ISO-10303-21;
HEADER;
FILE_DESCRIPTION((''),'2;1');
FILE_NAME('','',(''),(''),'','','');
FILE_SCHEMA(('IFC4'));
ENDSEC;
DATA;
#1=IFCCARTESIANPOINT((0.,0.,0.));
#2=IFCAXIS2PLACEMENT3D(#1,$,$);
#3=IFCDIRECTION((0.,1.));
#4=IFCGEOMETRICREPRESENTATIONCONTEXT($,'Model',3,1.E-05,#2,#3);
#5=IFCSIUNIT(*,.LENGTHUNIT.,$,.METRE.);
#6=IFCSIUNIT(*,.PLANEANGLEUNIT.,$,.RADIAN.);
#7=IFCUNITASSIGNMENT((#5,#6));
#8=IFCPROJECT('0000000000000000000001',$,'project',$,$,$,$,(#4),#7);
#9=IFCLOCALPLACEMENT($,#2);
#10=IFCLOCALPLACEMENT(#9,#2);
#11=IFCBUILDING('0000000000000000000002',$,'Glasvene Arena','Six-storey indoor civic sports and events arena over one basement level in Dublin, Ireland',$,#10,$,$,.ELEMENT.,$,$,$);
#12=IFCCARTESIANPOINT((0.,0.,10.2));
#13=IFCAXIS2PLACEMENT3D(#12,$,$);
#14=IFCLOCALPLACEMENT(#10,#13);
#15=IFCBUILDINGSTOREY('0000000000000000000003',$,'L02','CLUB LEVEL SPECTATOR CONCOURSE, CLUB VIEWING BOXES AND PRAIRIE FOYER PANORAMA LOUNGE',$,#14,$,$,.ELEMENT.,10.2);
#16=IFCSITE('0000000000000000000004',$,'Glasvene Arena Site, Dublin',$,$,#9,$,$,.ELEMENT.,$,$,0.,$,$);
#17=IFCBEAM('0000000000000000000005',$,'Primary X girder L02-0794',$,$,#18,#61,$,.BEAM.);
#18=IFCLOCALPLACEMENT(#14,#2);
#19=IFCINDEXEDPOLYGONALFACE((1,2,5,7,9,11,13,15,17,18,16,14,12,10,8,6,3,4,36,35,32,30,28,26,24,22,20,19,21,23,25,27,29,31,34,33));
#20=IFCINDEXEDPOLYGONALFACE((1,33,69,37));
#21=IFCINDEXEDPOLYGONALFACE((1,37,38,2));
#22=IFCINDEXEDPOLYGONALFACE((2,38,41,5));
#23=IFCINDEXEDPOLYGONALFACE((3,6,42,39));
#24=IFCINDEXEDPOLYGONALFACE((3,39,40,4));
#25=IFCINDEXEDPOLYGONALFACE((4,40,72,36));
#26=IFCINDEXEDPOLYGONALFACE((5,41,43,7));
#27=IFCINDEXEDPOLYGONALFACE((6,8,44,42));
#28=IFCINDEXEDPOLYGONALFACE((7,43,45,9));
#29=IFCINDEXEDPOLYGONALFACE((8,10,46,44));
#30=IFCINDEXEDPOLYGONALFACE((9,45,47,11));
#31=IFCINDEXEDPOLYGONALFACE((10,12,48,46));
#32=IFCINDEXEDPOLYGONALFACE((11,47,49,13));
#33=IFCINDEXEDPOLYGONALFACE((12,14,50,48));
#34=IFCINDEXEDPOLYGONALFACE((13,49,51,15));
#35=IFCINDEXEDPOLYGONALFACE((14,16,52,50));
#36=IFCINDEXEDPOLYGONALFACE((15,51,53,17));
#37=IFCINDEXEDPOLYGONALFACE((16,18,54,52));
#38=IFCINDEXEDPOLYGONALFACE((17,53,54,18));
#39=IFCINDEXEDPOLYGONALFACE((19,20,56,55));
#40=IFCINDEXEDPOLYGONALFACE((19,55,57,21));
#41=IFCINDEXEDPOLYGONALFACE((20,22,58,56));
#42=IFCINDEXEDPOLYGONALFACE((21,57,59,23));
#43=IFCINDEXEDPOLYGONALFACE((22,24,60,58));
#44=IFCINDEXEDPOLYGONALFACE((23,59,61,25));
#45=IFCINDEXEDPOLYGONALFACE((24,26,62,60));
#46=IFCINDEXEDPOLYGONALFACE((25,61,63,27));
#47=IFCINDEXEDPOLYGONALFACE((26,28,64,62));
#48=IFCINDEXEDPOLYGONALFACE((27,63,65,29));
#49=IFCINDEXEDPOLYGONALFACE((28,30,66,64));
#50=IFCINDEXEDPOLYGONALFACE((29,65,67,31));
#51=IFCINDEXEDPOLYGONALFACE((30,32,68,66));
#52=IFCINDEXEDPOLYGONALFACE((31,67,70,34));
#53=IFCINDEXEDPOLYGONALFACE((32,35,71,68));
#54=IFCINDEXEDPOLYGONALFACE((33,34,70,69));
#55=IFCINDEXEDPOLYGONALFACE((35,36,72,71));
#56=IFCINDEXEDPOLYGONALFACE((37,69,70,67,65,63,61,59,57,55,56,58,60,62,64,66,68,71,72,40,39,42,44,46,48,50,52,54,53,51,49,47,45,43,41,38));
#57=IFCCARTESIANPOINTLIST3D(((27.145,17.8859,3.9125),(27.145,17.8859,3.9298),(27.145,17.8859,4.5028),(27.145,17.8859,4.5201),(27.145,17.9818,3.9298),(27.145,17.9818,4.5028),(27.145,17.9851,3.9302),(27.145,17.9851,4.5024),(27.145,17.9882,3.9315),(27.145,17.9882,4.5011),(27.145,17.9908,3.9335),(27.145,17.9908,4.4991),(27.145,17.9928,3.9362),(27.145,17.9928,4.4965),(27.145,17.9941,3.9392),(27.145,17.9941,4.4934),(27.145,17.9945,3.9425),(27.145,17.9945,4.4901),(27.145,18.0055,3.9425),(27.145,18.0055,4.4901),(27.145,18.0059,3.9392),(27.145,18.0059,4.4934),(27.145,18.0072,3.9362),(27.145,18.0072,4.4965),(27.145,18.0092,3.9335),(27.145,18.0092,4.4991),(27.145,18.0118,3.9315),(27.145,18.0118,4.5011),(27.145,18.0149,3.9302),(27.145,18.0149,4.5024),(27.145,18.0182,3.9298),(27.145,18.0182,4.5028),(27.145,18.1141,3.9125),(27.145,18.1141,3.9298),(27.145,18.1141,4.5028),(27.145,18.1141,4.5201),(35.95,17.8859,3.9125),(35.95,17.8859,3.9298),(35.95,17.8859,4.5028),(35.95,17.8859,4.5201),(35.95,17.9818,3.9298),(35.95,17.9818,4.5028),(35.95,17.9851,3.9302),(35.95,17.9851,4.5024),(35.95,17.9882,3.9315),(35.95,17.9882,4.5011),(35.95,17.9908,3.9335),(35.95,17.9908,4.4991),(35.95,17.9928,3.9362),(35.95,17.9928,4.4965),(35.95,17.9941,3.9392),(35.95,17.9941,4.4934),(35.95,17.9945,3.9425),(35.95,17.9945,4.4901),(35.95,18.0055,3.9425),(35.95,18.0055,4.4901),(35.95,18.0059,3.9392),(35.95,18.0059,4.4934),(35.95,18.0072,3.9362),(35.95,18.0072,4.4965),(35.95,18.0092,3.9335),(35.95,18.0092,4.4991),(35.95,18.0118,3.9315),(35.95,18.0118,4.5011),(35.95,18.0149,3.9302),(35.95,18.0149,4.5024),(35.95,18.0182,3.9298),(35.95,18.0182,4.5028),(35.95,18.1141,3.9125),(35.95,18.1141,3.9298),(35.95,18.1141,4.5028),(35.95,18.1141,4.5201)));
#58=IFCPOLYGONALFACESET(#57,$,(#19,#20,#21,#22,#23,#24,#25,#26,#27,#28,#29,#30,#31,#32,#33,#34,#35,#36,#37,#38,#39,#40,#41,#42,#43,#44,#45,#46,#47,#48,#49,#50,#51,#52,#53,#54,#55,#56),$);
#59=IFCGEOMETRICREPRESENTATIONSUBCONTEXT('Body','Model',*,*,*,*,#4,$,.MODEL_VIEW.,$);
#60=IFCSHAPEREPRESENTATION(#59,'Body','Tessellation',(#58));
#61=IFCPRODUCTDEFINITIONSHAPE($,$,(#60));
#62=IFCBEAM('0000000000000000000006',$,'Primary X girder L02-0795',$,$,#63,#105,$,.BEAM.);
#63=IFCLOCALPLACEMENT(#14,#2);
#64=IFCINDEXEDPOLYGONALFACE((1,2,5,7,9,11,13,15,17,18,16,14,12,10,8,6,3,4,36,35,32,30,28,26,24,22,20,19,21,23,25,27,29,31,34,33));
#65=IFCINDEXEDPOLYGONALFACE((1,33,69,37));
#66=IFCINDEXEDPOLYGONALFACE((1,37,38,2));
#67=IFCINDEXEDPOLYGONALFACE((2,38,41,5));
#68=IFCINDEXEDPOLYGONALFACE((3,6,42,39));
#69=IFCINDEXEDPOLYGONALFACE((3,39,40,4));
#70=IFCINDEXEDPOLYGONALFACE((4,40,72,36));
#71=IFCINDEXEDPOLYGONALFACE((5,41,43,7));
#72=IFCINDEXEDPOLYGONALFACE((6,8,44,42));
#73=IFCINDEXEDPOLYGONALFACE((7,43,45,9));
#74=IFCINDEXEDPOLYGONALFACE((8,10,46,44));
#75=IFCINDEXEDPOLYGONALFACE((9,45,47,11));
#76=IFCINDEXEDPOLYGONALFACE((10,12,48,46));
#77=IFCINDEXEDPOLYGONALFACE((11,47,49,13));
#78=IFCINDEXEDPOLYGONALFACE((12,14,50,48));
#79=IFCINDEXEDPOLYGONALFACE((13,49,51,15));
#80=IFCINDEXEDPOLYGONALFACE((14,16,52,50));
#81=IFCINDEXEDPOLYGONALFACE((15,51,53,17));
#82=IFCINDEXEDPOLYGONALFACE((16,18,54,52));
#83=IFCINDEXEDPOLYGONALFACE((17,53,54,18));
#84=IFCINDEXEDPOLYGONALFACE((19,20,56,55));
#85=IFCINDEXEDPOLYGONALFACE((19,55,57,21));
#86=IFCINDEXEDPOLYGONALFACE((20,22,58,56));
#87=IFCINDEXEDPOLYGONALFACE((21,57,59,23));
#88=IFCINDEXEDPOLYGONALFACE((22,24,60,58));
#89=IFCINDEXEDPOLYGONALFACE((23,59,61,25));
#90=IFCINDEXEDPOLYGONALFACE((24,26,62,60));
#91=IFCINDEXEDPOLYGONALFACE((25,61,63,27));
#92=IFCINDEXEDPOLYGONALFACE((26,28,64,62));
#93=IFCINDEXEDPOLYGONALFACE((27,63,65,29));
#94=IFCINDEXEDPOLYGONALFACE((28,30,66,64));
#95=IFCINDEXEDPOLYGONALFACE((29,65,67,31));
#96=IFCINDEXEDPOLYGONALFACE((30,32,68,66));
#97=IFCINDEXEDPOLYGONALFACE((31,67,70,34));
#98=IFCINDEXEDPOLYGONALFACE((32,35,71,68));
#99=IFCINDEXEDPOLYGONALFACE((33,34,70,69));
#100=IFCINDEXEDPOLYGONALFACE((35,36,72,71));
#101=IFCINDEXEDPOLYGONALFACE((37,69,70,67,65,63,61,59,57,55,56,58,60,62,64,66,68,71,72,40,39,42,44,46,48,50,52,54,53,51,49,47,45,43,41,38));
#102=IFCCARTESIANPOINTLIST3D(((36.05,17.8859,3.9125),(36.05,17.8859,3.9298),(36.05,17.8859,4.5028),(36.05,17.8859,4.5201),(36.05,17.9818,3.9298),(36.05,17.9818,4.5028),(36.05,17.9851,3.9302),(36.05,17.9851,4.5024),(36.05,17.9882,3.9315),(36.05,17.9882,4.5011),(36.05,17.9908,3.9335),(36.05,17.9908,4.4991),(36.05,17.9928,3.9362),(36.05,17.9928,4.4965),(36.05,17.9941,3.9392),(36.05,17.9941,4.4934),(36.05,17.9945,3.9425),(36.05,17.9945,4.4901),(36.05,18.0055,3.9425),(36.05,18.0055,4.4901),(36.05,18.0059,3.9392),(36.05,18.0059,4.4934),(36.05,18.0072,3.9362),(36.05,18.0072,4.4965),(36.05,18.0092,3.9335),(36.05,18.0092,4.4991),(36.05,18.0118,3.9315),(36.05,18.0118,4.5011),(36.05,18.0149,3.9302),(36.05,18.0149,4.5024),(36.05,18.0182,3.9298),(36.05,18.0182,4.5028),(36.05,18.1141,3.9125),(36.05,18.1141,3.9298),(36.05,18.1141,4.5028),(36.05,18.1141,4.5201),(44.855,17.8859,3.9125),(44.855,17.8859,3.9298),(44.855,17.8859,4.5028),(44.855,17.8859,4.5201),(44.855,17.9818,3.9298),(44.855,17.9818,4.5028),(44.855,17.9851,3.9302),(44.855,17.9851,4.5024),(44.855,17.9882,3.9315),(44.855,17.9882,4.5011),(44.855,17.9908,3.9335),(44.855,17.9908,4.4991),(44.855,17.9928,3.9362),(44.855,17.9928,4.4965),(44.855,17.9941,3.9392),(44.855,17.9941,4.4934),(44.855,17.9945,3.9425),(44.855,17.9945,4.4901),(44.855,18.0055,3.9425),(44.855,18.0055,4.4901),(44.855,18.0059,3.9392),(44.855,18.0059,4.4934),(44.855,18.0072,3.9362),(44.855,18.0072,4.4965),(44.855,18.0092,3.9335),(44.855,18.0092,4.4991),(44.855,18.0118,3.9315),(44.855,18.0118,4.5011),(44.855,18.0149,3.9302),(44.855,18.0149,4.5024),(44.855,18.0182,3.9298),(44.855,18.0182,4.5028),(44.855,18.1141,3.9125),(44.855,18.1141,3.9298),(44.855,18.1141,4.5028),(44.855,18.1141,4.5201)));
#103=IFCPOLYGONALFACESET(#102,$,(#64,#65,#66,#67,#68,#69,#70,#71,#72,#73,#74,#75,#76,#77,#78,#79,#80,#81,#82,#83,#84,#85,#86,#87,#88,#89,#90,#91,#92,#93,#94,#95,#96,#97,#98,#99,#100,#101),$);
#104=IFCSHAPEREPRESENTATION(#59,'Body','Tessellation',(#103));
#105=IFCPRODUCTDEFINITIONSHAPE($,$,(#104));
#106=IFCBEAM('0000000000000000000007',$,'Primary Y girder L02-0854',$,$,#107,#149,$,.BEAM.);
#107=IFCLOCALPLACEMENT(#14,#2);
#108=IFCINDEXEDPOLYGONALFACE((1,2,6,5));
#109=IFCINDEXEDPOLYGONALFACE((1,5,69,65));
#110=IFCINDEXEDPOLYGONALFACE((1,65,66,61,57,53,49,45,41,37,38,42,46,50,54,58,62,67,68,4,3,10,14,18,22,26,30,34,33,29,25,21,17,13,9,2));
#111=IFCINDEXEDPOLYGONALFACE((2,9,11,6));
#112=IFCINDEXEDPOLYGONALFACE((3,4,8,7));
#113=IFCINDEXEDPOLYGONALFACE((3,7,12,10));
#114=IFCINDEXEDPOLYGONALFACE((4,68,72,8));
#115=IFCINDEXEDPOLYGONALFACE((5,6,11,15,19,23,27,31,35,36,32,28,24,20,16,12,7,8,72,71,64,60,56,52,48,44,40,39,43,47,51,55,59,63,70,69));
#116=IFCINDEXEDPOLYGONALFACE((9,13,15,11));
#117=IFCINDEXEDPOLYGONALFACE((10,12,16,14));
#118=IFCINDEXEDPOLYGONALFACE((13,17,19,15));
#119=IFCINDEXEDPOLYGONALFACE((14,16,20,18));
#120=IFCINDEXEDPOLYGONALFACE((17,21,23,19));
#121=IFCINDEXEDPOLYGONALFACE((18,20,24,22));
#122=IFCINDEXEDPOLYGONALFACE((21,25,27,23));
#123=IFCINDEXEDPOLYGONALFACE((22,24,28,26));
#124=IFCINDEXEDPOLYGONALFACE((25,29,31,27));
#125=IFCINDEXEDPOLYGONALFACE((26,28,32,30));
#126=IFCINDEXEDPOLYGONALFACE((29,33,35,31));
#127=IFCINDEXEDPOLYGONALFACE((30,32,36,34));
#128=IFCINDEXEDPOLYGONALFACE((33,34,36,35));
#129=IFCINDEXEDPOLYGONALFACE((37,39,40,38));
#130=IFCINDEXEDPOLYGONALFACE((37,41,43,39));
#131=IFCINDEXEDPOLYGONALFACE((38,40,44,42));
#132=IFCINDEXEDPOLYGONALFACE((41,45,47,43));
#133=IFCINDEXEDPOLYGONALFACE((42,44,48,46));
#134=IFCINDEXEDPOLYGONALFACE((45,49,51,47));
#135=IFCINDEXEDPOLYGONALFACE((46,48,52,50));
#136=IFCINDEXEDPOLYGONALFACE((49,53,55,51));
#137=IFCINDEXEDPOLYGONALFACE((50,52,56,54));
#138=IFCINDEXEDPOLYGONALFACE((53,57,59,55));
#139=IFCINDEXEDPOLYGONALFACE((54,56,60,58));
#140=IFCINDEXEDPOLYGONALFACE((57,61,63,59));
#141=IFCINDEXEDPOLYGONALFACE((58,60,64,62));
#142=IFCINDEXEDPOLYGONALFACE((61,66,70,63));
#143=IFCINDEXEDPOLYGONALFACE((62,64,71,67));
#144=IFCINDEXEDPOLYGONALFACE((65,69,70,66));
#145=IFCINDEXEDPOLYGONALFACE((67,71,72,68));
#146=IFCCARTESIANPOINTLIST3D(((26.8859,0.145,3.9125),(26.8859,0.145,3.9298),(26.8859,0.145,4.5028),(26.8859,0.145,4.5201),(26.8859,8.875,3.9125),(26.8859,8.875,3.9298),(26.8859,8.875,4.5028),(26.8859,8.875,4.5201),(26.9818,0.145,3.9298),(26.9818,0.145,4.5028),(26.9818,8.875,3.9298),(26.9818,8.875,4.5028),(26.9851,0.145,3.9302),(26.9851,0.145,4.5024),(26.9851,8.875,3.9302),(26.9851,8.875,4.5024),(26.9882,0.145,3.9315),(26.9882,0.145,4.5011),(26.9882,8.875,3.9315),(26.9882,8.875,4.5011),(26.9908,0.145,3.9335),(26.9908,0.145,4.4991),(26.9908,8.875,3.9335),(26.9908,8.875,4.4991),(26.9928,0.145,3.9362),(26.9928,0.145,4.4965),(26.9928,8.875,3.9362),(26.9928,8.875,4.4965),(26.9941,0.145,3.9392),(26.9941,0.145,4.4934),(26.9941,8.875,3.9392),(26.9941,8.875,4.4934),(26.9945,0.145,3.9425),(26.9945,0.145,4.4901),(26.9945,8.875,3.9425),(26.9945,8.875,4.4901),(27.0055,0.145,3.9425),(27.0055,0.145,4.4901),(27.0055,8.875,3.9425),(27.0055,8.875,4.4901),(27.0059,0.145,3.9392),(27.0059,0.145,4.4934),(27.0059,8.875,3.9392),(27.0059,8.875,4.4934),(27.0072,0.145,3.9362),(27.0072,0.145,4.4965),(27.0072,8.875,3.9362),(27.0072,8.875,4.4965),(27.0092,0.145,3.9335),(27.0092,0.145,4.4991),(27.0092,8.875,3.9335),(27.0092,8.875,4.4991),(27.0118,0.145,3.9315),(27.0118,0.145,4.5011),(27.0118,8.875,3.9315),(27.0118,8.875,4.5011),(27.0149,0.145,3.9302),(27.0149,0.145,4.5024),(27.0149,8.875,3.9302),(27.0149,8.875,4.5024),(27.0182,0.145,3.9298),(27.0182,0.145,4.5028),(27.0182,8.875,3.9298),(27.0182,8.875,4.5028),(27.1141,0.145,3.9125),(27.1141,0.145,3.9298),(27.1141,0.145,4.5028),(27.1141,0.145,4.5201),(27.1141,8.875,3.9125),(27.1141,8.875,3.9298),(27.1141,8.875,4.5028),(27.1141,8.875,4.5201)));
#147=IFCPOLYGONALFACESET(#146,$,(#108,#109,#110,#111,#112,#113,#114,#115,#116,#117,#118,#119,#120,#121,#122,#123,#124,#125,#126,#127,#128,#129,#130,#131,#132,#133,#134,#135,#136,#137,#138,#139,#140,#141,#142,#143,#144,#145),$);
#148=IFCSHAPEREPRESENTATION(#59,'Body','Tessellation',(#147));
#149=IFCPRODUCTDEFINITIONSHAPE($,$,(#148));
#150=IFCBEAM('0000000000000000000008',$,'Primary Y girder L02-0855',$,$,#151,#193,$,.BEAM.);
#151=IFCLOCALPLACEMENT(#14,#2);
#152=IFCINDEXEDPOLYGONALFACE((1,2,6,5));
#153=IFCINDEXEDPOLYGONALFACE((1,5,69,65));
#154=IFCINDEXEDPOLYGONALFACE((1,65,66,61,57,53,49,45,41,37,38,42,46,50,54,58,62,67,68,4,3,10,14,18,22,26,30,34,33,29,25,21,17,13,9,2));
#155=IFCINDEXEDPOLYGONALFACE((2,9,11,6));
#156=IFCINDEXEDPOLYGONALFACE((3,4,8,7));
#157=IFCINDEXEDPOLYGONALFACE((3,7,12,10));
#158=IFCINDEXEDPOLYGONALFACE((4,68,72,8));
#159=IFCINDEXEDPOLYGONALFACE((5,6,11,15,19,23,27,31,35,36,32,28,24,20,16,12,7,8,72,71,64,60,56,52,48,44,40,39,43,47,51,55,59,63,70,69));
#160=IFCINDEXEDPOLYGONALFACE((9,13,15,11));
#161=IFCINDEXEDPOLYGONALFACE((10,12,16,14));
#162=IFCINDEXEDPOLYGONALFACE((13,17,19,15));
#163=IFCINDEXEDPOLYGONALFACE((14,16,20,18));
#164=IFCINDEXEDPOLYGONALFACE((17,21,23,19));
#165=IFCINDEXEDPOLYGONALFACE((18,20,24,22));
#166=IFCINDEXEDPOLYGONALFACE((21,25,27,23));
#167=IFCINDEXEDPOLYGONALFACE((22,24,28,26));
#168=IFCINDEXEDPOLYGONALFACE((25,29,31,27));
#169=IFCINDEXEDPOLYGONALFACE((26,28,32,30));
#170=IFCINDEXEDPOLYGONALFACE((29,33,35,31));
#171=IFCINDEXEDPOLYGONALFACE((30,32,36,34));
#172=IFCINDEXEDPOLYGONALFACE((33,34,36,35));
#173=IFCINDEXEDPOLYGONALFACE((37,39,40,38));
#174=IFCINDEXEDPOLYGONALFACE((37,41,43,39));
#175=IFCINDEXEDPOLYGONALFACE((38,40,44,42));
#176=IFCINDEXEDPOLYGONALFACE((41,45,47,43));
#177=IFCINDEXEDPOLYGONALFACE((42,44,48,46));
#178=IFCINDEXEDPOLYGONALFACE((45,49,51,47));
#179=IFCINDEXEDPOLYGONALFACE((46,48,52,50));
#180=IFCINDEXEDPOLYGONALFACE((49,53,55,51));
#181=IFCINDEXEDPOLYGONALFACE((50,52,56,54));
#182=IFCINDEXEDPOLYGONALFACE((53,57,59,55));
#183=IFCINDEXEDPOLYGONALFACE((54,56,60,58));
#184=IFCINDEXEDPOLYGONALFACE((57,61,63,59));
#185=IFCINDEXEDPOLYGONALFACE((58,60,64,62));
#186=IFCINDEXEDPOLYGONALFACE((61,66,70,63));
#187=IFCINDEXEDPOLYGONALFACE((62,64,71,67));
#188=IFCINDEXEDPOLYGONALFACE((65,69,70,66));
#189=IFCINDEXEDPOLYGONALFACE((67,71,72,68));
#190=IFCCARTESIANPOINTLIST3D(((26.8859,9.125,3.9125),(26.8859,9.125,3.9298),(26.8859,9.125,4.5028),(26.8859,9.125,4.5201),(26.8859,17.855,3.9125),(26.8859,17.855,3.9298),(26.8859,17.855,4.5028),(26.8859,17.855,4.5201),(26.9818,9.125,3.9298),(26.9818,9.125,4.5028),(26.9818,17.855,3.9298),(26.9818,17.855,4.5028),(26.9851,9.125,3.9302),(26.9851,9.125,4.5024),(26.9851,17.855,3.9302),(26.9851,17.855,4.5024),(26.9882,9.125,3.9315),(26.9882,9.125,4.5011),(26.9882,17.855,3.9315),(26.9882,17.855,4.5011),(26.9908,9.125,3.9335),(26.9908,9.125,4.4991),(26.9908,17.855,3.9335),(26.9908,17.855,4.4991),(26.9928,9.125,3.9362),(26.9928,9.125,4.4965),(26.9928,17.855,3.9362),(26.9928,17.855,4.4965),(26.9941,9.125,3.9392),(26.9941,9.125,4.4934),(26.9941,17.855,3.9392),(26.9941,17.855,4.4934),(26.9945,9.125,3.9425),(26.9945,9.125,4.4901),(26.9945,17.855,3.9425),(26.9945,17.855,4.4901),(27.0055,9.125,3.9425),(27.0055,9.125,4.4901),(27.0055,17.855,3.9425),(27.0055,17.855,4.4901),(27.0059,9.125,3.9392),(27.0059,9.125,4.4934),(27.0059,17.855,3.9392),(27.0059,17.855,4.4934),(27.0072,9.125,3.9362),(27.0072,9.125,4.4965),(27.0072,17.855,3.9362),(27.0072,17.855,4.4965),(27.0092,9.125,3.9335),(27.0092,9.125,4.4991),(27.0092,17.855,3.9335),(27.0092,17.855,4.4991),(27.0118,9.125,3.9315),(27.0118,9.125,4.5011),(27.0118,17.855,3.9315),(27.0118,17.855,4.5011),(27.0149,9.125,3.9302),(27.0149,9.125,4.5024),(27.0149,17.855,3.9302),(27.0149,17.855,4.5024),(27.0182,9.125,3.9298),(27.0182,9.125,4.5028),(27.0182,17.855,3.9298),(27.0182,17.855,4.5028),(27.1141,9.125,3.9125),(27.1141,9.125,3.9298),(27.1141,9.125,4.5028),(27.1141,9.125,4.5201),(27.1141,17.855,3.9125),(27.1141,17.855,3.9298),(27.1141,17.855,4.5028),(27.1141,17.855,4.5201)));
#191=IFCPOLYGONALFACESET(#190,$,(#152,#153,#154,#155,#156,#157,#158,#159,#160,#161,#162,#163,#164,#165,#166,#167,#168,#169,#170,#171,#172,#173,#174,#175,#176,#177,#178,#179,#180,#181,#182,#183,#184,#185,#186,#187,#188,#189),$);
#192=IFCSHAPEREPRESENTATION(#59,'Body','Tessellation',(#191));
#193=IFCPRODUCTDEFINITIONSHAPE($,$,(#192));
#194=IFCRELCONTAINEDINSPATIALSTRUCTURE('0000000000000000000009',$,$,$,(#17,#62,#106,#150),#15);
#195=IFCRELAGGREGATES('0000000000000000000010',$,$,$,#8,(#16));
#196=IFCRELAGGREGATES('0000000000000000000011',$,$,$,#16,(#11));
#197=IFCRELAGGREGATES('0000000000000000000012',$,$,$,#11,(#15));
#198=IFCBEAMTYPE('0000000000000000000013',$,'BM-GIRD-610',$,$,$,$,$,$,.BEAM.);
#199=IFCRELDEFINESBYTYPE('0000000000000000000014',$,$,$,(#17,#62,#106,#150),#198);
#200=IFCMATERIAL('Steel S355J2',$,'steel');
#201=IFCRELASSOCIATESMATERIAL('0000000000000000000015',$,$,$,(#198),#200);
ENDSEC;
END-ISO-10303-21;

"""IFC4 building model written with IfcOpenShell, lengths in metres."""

from ifc_helpers import new_model, si_unit, direction, frame, origin, origin_2d, place, context, subcontext, project, spatial, i_section, extrude, material, material_profile, profile_set, type_object, element, save


model = new_model("IFC4")

# Units and contexts
model_context = context("Model", 3, precision=1e-05, world=origin(), true_north=direction((0.0, 1.0)))
body_context = subcontext(model_context, "Body", "Model", "MODEL_VIEW")
ifc_project = project(units=[si_unit("LENGTHUNIT", "METRE"), si_unit("PLANEANGLEUNIT", "RADIAN")], contexts=[model_context])

# Site, building, storey
site_placement = place(None, origin())
site = spatial("IfcSite", under=ifc_project, at=site_placement, Name="Glasvene Arena Site, Dublin", CompositionType="ELEMENT", RefElevation=0.0)
building_placement = place(site_placement, origin())
building = spatial("IfcBuilding", under=site, at=building_placement, Name="Glasvene Arena", Description="Six-storey indoor civic sports and events arena over one basement level in Dublin, Ireland", CompositionType="ELEMENT")
storey_placement = place(building_placement, frame((0.0, 0.0, 10.2)))
storey = spatial("IfcBuildingStorey", under=building, at=storey_placement, Name="L02", Description="CLUB LEVEL SPECTATOR CONCOURSE, CLUB VIEWING BOXES AND PRAIRIE FOYER PANORAMA LOUNGE", CompositionType="ELEMENT", Elevation=10.2)

# Shared definitions
ifc_material_1 = material(Name="Steel S355J2", Category="steel")

# Beams
ifc_material_profile_1 = material_profile(ifc_material_1, i_section(OverallWidth=0.2283, OverallDepth=0.6077, WebThickness=0.011, FlangeThickness=0.0173, FilletRadius=0.0127, at=origin_2d()), Name="UKB 610x229x113")
ifc_profile_set_1 = profile_set([ifc_material_profile_1], Name="Steel S355J2")
beam_type_1 = type_object("IfcBeamType", Name="BM-GIRD-610", PredefinedType="BEAM", material=ifc_profile_set_1)
for number, where, z_axis, x_axis, name in (
    (1, (27.145, 18.0, 4.2163), (1.0, 0.0, 0.0), (0.0, 1.0, 0.0), "Primary X girder L02-0794"),
    (2, (36.05, 18.0, 4.2163), (1.0, 0.0, 0.0), (0.0, 1.0, 0.0), "Primary X girder L02-0795"),
):
    element("IfcBeam", number, at=place(storey_placement, frame(where, z_axis=z_axis, x_axis=x_axis)), inside=storey, type_object=beam_type_1, Name=name, PredefinedType="BEAM", context=body_context, shape_type="SweptSolid", body=[
        extrude(i_section(OverallWidth=0.2283, OverallDepth=0.6077, WebThickness=0.011, FlangeThickness=0.0173, FilletRadius=0.0127, at=origin_2d()), origin(), (0.0, 0.0, 1.0), 8.8049),
    ])
for number, where, z_axis, x_axis, name in (
    (3, (27.0, 0.145, 4.2163), (0.0, 1.0, 0.0), (-1.0, 0.0, 0.0), "Primary Y girder L02-0854"),
    (4, (27.0, 9.125, 4.2163), (0.0, 1.0, 0.0), (-1.0, 0.0, 0.0), "Primary Y girder L02-0855"),
):
    element("IfcBeam", number, at=place(storey_placement, frame(where, z_axis=z_axis, x_axis=x_axis)), inside=storey, type_object=beam_type_1, Name=name, PredefinedType="BEAM", context=body_context, shape_type="SweptSolid", body=[
        extrude(i_section(OverallWidth=0.2283, OverallDepth=0.6077, WebThickness=0.011, FlangeThickness=0.0173, FilletRadius=0.0127, at=origin_2d()), origin(), (0.0, 0.0, 1.0), 8.73),
    ])

save(model, "model.ifc")
